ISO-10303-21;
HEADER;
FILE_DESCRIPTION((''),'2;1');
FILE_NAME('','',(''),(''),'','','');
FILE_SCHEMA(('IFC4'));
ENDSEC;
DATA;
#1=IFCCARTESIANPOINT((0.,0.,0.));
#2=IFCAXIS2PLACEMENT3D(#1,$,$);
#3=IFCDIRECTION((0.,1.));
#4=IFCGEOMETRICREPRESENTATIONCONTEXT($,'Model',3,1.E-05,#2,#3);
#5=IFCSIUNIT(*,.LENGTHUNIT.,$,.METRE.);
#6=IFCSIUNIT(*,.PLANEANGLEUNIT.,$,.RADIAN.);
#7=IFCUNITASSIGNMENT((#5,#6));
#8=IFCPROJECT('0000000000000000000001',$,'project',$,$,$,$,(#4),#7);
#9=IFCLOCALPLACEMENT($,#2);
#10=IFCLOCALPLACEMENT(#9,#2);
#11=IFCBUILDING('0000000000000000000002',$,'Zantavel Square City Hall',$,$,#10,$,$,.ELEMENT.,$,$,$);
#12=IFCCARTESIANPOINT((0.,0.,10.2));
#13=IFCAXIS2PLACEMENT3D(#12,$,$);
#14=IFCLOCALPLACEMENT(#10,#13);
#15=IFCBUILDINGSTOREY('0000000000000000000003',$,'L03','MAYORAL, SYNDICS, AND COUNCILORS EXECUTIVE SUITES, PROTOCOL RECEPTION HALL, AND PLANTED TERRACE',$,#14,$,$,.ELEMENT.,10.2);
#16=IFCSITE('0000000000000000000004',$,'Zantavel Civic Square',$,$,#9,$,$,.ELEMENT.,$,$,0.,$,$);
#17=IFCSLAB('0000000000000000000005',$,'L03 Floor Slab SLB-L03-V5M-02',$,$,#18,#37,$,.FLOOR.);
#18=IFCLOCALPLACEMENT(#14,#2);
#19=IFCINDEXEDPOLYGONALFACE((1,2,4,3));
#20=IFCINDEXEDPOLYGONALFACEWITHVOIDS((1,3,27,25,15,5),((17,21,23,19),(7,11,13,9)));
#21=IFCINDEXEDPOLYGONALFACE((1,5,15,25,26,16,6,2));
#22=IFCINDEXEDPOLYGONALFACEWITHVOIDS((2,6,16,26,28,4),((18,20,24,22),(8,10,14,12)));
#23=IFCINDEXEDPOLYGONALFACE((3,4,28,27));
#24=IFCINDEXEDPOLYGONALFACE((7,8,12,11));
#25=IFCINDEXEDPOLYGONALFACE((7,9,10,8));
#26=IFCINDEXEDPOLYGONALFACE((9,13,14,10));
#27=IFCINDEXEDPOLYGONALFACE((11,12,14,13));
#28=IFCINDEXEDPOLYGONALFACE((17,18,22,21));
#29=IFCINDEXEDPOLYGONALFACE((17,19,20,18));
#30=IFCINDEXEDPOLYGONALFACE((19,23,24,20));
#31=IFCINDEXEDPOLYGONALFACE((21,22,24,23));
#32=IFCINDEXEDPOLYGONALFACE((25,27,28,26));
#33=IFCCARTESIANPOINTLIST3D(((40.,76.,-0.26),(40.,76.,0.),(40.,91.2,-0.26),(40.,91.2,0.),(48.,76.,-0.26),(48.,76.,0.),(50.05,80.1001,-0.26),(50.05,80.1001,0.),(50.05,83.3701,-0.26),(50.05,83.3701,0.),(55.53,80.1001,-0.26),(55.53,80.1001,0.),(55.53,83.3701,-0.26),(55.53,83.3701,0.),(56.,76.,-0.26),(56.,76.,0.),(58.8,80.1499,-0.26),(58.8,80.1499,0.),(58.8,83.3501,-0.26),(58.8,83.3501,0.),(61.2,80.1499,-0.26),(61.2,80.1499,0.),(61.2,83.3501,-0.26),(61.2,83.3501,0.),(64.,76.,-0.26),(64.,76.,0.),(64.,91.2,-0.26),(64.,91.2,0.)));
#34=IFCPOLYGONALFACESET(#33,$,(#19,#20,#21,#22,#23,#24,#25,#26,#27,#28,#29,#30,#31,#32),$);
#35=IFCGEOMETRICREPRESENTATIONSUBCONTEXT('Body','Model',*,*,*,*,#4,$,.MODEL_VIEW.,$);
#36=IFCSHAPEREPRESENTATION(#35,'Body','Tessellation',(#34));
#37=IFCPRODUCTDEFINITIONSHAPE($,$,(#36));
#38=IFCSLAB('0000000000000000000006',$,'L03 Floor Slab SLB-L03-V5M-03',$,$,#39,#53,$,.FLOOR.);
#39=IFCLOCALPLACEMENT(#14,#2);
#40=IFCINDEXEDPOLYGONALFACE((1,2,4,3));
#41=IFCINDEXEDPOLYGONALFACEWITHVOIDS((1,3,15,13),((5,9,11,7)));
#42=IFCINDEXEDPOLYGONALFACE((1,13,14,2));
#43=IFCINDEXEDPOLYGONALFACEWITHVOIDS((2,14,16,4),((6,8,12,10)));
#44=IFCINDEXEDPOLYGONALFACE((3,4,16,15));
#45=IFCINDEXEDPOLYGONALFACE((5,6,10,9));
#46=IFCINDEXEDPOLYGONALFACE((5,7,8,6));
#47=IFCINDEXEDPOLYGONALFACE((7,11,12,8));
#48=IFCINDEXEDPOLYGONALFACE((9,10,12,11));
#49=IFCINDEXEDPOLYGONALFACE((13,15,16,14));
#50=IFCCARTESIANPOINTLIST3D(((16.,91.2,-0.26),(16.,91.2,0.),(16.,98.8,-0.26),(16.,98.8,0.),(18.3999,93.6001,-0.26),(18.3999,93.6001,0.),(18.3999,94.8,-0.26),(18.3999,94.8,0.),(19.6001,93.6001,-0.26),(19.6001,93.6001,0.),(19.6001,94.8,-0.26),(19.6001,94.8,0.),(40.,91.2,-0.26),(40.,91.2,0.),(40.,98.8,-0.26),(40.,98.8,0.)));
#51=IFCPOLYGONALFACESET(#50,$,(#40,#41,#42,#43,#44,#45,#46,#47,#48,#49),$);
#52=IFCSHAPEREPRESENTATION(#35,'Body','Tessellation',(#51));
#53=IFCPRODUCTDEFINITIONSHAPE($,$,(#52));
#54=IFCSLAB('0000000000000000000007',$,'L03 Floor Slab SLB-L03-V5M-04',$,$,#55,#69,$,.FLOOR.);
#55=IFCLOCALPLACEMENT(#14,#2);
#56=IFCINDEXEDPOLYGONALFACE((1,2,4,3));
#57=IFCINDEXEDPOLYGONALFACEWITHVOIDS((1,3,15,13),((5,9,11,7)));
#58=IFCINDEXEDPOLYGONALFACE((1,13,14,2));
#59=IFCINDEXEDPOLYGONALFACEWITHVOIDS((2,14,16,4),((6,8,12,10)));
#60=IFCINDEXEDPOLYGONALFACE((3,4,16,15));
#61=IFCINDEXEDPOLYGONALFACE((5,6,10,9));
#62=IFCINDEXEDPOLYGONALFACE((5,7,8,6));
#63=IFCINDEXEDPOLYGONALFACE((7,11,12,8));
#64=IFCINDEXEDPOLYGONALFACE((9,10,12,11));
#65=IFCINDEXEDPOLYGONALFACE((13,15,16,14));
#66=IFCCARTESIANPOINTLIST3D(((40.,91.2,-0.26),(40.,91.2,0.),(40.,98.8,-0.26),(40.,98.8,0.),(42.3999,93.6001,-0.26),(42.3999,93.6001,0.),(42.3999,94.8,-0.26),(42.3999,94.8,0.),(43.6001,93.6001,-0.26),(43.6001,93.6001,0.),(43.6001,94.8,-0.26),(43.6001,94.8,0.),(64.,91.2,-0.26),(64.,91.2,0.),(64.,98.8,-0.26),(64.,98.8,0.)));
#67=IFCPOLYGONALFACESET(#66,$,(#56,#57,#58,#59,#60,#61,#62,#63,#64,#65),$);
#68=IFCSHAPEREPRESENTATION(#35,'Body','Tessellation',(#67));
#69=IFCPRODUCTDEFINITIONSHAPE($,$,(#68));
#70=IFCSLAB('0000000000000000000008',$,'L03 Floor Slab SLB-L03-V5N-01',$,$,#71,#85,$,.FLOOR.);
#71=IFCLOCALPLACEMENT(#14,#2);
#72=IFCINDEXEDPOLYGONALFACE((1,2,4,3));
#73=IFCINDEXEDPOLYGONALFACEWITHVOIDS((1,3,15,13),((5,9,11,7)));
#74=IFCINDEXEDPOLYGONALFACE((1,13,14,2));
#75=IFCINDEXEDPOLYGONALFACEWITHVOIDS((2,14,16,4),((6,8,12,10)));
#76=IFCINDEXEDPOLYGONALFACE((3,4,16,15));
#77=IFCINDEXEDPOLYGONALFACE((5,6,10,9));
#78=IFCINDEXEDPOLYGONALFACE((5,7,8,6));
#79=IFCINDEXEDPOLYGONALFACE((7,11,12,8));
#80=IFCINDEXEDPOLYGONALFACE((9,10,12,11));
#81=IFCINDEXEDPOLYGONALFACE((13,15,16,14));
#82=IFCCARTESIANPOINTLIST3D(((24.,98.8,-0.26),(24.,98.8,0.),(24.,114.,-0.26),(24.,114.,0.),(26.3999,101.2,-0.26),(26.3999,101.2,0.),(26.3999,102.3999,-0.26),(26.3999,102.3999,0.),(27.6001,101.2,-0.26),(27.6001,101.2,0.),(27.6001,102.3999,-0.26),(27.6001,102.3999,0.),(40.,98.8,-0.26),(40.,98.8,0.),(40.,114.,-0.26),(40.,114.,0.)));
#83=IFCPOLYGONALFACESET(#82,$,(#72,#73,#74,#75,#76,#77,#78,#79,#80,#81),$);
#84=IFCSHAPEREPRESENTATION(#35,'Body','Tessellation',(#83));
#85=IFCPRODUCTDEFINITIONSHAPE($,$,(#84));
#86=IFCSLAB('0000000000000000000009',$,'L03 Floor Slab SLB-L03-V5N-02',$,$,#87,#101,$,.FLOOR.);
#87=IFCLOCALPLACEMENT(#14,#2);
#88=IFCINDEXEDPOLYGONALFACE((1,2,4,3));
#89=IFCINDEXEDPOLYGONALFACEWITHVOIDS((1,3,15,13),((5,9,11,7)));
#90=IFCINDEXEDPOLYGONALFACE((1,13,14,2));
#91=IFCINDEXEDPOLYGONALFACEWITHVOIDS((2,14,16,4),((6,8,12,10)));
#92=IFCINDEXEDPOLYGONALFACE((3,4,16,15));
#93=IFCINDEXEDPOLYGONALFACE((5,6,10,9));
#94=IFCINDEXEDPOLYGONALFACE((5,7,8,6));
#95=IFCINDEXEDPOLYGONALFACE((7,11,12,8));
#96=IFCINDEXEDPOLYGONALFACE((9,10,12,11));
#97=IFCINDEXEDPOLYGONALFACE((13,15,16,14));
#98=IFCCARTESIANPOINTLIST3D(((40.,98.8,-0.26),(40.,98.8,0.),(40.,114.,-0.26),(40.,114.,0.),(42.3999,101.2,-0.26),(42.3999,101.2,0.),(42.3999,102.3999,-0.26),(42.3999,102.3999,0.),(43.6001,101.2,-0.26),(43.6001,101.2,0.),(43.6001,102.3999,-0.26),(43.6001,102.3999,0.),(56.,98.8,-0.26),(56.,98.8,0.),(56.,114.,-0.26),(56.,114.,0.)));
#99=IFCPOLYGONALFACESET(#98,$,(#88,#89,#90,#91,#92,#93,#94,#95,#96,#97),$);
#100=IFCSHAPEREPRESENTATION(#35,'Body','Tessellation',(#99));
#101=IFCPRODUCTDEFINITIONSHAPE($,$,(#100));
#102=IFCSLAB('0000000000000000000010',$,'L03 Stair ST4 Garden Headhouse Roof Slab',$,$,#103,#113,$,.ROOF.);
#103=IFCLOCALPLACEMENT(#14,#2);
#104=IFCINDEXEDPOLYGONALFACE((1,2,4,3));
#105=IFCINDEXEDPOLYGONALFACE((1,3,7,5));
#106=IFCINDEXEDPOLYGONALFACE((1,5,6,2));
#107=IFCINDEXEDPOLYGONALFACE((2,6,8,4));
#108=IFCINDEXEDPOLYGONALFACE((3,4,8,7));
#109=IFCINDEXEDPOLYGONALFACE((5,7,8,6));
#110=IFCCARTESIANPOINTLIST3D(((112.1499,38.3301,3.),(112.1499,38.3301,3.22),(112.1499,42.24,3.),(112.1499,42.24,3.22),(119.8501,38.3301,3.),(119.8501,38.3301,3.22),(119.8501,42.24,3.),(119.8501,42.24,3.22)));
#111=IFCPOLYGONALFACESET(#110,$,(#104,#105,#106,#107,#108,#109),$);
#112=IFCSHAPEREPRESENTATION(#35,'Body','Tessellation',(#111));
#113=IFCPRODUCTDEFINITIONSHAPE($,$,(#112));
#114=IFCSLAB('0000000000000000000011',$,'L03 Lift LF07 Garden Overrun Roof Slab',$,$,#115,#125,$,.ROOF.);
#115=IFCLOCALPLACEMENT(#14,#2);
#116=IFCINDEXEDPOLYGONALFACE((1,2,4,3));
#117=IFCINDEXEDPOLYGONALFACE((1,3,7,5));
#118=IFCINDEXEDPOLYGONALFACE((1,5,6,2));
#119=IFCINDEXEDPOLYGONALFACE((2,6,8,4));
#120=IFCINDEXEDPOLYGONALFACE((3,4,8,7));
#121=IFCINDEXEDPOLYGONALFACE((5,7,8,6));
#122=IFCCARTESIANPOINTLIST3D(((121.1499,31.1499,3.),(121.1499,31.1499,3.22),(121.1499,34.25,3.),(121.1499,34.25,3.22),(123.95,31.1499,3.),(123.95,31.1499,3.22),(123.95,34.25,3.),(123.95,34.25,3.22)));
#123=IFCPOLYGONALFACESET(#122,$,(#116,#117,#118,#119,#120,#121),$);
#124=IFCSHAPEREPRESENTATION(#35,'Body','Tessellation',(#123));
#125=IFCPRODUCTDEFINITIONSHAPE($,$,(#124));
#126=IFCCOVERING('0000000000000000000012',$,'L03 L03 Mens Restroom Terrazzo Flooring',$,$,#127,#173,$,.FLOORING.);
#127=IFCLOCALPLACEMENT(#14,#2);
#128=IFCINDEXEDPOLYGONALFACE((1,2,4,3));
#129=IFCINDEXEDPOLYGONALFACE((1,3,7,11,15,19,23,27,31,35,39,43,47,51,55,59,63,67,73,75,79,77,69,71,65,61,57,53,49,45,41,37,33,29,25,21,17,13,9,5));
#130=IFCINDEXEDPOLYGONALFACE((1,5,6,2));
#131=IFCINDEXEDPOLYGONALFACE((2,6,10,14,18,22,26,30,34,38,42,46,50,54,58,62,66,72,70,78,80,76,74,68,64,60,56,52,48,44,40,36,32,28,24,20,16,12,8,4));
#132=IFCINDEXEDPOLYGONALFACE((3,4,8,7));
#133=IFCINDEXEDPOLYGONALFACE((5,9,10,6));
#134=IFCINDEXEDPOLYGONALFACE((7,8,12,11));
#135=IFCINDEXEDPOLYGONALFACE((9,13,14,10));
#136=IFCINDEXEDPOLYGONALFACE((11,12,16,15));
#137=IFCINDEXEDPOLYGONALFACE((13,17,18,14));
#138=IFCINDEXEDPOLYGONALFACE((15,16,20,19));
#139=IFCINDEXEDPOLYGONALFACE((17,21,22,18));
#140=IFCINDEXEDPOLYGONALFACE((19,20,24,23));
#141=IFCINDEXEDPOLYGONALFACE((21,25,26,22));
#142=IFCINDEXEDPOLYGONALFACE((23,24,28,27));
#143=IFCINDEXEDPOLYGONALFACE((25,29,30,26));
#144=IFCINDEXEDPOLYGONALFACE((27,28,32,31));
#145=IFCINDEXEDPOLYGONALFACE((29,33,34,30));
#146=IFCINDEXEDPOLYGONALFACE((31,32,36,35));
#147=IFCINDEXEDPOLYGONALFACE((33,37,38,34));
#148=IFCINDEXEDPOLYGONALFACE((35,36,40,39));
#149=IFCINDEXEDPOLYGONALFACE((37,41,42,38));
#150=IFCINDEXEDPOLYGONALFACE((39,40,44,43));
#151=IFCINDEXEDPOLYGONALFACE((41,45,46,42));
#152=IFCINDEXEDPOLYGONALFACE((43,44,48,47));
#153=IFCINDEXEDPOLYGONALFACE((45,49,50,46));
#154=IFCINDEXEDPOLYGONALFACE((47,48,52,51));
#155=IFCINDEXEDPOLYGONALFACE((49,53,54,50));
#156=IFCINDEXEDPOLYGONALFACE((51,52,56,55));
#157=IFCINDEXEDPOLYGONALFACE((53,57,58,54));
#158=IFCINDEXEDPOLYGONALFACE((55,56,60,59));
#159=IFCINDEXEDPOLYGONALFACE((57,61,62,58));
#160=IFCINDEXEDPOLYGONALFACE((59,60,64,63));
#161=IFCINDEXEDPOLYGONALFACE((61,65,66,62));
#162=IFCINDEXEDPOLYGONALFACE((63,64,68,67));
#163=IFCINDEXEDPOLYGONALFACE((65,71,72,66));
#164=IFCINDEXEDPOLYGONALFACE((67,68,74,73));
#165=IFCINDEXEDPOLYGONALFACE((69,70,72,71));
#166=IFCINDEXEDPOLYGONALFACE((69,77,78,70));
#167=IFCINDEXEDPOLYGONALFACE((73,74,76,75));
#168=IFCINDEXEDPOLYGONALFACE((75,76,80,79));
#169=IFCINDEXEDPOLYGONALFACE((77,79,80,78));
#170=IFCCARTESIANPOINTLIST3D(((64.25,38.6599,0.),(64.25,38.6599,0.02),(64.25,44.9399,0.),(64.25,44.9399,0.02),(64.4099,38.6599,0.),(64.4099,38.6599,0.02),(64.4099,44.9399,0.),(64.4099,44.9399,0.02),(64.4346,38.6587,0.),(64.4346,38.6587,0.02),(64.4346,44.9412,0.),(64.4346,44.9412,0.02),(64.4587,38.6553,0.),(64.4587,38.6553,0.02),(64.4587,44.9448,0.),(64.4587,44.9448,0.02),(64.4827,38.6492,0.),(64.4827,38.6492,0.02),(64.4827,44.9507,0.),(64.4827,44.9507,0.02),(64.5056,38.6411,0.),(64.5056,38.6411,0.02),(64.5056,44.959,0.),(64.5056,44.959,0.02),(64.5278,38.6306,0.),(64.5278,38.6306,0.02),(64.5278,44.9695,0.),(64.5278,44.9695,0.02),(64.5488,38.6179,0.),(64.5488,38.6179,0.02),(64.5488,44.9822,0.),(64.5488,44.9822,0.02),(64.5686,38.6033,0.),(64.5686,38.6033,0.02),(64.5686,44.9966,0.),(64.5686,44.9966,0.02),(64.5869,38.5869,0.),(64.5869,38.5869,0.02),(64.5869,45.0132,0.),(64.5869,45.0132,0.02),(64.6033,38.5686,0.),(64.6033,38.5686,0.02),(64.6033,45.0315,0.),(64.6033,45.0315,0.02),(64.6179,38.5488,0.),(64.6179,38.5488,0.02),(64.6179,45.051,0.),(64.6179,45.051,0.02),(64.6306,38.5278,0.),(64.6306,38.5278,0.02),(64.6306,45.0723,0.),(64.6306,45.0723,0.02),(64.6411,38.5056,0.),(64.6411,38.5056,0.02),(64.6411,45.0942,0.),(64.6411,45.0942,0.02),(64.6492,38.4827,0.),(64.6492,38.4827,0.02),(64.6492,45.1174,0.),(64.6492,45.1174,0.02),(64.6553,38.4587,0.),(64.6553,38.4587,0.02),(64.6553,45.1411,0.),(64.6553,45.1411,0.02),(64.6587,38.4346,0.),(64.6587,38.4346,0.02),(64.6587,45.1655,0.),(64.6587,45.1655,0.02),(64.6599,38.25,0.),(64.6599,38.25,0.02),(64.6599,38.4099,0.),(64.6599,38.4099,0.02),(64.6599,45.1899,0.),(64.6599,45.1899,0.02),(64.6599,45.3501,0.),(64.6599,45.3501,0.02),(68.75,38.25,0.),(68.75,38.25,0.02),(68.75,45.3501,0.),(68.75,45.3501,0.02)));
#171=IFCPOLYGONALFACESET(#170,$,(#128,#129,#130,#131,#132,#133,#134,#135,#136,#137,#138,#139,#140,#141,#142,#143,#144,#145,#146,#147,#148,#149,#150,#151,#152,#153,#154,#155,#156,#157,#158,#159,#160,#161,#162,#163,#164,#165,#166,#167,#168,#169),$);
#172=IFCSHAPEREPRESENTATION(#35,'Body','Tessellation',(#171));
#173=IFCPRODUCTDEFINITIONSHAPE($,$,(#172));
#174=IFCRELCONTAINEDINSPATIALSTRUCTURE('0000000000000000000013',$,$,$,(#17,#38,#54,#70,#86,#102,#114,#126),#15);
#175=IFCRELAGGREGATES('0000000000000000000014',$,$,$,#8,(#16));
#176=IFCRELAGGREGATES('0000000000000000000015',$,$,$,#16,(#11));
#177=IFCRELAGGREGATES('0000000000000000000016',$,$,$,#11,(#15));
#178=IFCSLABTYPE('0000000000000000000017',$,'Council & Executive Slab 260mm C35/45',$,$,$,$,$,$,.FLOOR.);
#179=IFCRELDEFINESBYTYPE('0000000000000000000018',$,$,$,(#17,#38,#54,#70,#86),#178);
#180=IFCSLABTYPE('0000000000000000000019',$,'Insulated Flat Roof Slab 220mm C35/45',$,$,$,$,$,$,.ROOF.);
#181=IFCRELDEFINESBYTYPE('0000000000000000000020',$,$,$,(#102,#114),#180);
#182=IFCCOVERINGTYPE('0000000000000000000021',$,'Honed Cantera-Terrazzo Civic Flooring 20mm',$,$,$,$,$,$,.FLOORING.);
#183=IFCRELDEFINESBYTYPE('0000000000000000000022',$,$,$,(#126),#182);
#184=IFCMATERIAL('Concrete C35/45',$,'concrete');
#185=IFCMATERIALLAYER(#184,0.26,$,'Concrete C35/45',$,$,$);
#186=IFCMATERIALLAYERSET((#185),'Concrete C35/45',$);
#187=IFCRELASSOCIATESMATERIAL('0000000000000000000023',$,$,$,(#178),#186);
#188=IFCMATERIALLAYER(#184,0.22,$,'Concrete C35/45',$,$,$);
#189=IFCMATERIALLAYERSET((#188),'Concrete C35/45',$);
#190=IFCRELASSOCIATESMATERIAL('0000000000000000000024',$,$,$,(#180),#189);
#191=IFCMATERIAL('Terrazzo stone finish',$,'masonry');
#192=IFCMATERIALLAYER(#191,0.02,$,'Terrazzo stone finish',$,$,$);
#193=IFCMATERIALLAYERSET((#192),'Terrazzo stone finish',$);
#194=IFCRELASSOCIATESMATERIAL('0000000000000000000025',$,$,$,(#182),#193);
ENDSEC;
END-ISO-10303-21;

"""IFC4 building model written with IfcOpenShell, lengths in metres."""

from ifc_helpers import new_model, si_unit, direction, frame, origin, place, context, subcontext, project, spatial, polyline, outline, extrude, material, layer, layer_set, type_object, element, save


model = new_model("IFC4")

# Units and contexts
model_context = context("Model", 3, precision=1e-05, world=origin(), true_north=direction((0.0, 1.0)))
body_context = subcontext(model_context, "Body", "Model", "MODEL_VIEW")
ifc_project = project(units=[si_unit("LENGTHUNIT", "METRE"), si_unit("PLANEANGLEUNIT", "RADIAN")], contexts=[model_context])

# Site, building, storey
site_placement = place(None, origin())
site = spatial("IfcSite", under=ifc_project, at=site_placement, Name="Zantavel Civic Square", CompositionType="ELEMENT", RefElevation=0.0)
building_placement = place(site_placement, origin())
building = spatial("IfcBuilding", under=site, at=building_placement, Name="Zantavel Square City Hall", CompositionType="ELEMENT")
storey_placement = place(building_placement, frame((0.0, 0.0, 10.2)))
storey = spatial("IfcBuildingStorey", under=building, at=storey_placement, Name="L03", Description="MAYORAL, SYNDICS, AND COUNCILORS EXECUTIVE SUITES, PROTOCOL RECEPTION HALL, AND PLANTED TERRACE", CompositionType="ELEMENT", Elevation=10.2)

# Shared definitions
ifc_material_1 = material(Name="Concrete C35/45", Category="concrete")

# Slabs
ifc_layer_1 = layer(ifc_material_1, 0.26, Name="Concrete C35/45")
ifc_layer_set_1 = layer_set([ifc_layer_1], Name="Concrete C35/45")
slab_type_1 = type_object("IfcSlabType", Name="Council & Executive Slab 260mm C35/45", PredefinedType="FLOOR", material=ifc_layer_set_1)
slab_1_placement = place(storey_placement, frame((0.0, 0.0, -0.26)))
element("IfcSlab", 1, at=slab_1_placement, inside=storey, type_object=slab_type_1, Name="L03 Floor Slab SLB-L03-V5M-02", PredefinedType="FLOOR", context=body_context, shape_type="SweptSolid", body=[
    extrude(outline(polyline([(56.0, 76.0), (48.0, 76.0), (40.0, 76.0), (40.0, 91.2), (64.0, 91.2), (64.0, 76.0), (56.0, 76.0)]), holes=[polyline([(50.05, 83.3701), (50.05, 80.1001), (55.53, 80.1001), (55.53, 83.3701), (50.05, 83.3701)]), polyline([(61.2, 83.3501), (58.8, 83.3501), (58.8, 80.1499), (61.2, 80.1499), (61.2, 83.3501)])]), origin(), (0.0, 0.0, 1.0), 0.26),
])
slab_2_placement = place(storey_placement, frame((0.0, 0.0, -0.26)))
element("IfcSlab", 2, at=slab_2_placement, inside=storey, type_object=slab_type_1, Name="L03 Floor Slab SLB-L03-V5M-03", PredefinedType="FLOOR", context=body_context, shape_type="SweptSolid", body=[
    extrude(outline(polyline([(40.0, 98.8), (40.0, 91.2), (16.0, 91.2), (16.0, 98.8), (40.0, 98.8)]), holes=[polyline([(19.6001, 94.8), (18.3999, 94.8), (18.3999, 93.6001), (19.6001, 93.6001), (19.6001, 94.8)])]), origin(), (0.0, 0.0, 1.0), 0.26),
])
slab_3_placement = place(storey_placement, frame((0.0, 0.0, -0.26)))
element("IfcSlab", 3, at=slab_3_placement, inside=storey, type_object=slab_type_1, Name="L03 Floor Slab SLB-L03-V5M-04", PredefinedType="FLOOR", context=body_context, shape_type="SweptSolid", body=[
    extrude(outline(polyline([(64.0, 91.2), (40.0, 91.2), (40.0, 98.8), (64.0, 98.8), (64.0, 91.2)]), holes=[polyline([(43.6001, 94.8), (42.3999, 94.8), (42.3999, 93.6001), (43.6001, 93.6001), (43.6001, 94.8)])]), origin(), (0.0, 0.0, 1.0), 0.26),
])
slab_4_placement = place(storey_placement, frame((0.0, 0.0, -0.26)))
element("IfcSlab", 4, at=slab_4_placement, inside=storey, type_object=slab_type_1, Name="L03 Floor Slab SLB-L03-V5N-01", PredefinedType="FLOOR", context=body_context, shape_type="SweptSolid", body=[
    extrude(outline(polyline([(40.0, 114.0), (40.0, 98.8), (24.0, 98.8), (24.0, 114.0), (40.0, 114.0)]), holes=[polyline([(27.6001, 102.3999), (26.3999, 102.3999), (26.3999, 101.2), (27.6001, 101.2), (27.6001, 102.3999)])]), origin(), (0.0, 0.0, 1.0), 0.26),
])
slab_5_placement = place(storey_placement, frame((0.0, 0.0, -0.26)))
element("IfcSlab", 5, at=slab_5_placement, inside=storey, type_object=slab_type_1, Name="L03 Floor Slab SLB-L03-V5N-02", PredefinedType="FLOOR", context=body_context, shape_type="SweptSolid", body=[
    extrude(outline(polyline([(56.0, 98.8), (40.0, 98.8), (40.0, 114.0), (56.0, 114.0), (56.0, 98.8)]), holes=[polyline([(43.6001, 102.3999), (42.3999, 102.3999), (42.3999, 101.2), (43.6001, 101.2), (43.6001, 102.3999)])]), origin(), (0.0, 0.0, 1.0), 0.26),
])
ifc_layer_2 = layer(ifc_material_1, 0.22, Name="Concrete C35/45")
ifc_layer_set_2 = layer_set([ifc_layer_2], Name="Concrete C35/45")
slab_type_2 = type_object("IfcSlabType", Name="Insulated Flat Roof Slab 220mm C35/45", PredefinedType="ROOF", material=ifc_layer_set_2)
slab_6_placement = place(storey_placement, frame((0.0, 0.0, 3.0)))
element("IfcSlab", 6, at=slab_6_placement, inside=storey, type_object=slab_type_2, Name="L03 Stair ST4 Garden Headhouse Roof Slab", PredefinedType="ROOF", context=body_context, shape_type="SweptSolid", body=[
    extrude(outline(polyline([(112.1499, 38.3301), (119.8501, 38.3301), (119.8501, 42.24), (112.1499, 42.24), (112.1499, 38.3301)])), origin(), (0.0, 0.0, 1.0), 0.22),
])
slab_7_placement = place(storey_placement, frame((0.0, 0.0, 3.0)))
element("IfcSlab", 7, at=slab_7_placement, inside=storey, type_object=slab_type_2, Name="L03 Lift LF07 Garden Overrun Roof Slab", PredefinedType="ROOF", context=body_context, shape_type="SweptSolid", body=[
    extrude(outline(polyline([(121.1499, 31.1499), (123.95, 31.1499), (123.95, 34.25), (121.1499, 34.25), (121.1499, 31.1499)])), origin(), (0.0, 0.0, 1.0), 0.22),
])

# Covering
ifc_material_2 = material(Name="Terrazzo stone finish", Category="masonry")
ifc_layer_3 = layer(ifc_material_2, 0.02, Name="Terrazzo stone finish")
ifc_layer_set_3 = layer_set([ifc_layer_3], Name="Terrazzo stone finish")
covering_type_1 = type_object("IfcCoveringType", Name="Honed Cantera-Terrazzo Civic Flooring 20mm", PredefinedType="FLOORING", material=ifc_layer_set_3)
covering_1_placement = place(storey_placement, origin())
element("IfcCovering", 8, at=covering_1_placement, inside=storey, type_object=covering_type_1, Name="L03 L03 Mens Restroom Terrazzo Flooring", PredefinedType="FLOORING", context=body_context, shape_type="SweptSolid", body=[
    extrude(outline(polyline([(64.6599, 38.4099), (64.6587, 38.4346), (64.6553, 38.4587), (64.6492, 38.4827), (64.6411, 38.5056), (64.6306, 38.5278), (64.6179, 38.5488), (64.6033, 38.5686), (64.5869, 38.5869), (64.5686, 38.6033), (64.5488, 38.6179), (64.5278, 38.6306), (64.5056, 38.6411), (64.4827, 38.6492), (64.4587, 38.6553), (64.4346, 38.6587), (64.4099, 38.6599), (64.25, 38.6599), (64.25, 44.9399), (64.4099, 44.9399), (64.4346, 44.9412), (64.4587, 44.9448), (64.4827, 44.9507), (64.5056, 44.959), (64.5278, 44.9695), (64.5488, 44.9822), (64.5686, 44.9966), (64.5869, 45.0132), (64.6033, 45.0315), (64.6179, 45.051), (64.6306, 45.0723), (64.6411, 45.0942), (64.6492, 45.1174), (64.6553, 45.1411), (64.6587, 45.1655), (64.6599, 45.1899), (64.6599, 45.3501), (68.75, 45.3501), (68.75, 38.25), (64.6599, 38.25), (64.6599, 38.4099)])), origin(), (0.0, 0.0, 1.0), 0.02),
])

save(model, "model.ifc")
